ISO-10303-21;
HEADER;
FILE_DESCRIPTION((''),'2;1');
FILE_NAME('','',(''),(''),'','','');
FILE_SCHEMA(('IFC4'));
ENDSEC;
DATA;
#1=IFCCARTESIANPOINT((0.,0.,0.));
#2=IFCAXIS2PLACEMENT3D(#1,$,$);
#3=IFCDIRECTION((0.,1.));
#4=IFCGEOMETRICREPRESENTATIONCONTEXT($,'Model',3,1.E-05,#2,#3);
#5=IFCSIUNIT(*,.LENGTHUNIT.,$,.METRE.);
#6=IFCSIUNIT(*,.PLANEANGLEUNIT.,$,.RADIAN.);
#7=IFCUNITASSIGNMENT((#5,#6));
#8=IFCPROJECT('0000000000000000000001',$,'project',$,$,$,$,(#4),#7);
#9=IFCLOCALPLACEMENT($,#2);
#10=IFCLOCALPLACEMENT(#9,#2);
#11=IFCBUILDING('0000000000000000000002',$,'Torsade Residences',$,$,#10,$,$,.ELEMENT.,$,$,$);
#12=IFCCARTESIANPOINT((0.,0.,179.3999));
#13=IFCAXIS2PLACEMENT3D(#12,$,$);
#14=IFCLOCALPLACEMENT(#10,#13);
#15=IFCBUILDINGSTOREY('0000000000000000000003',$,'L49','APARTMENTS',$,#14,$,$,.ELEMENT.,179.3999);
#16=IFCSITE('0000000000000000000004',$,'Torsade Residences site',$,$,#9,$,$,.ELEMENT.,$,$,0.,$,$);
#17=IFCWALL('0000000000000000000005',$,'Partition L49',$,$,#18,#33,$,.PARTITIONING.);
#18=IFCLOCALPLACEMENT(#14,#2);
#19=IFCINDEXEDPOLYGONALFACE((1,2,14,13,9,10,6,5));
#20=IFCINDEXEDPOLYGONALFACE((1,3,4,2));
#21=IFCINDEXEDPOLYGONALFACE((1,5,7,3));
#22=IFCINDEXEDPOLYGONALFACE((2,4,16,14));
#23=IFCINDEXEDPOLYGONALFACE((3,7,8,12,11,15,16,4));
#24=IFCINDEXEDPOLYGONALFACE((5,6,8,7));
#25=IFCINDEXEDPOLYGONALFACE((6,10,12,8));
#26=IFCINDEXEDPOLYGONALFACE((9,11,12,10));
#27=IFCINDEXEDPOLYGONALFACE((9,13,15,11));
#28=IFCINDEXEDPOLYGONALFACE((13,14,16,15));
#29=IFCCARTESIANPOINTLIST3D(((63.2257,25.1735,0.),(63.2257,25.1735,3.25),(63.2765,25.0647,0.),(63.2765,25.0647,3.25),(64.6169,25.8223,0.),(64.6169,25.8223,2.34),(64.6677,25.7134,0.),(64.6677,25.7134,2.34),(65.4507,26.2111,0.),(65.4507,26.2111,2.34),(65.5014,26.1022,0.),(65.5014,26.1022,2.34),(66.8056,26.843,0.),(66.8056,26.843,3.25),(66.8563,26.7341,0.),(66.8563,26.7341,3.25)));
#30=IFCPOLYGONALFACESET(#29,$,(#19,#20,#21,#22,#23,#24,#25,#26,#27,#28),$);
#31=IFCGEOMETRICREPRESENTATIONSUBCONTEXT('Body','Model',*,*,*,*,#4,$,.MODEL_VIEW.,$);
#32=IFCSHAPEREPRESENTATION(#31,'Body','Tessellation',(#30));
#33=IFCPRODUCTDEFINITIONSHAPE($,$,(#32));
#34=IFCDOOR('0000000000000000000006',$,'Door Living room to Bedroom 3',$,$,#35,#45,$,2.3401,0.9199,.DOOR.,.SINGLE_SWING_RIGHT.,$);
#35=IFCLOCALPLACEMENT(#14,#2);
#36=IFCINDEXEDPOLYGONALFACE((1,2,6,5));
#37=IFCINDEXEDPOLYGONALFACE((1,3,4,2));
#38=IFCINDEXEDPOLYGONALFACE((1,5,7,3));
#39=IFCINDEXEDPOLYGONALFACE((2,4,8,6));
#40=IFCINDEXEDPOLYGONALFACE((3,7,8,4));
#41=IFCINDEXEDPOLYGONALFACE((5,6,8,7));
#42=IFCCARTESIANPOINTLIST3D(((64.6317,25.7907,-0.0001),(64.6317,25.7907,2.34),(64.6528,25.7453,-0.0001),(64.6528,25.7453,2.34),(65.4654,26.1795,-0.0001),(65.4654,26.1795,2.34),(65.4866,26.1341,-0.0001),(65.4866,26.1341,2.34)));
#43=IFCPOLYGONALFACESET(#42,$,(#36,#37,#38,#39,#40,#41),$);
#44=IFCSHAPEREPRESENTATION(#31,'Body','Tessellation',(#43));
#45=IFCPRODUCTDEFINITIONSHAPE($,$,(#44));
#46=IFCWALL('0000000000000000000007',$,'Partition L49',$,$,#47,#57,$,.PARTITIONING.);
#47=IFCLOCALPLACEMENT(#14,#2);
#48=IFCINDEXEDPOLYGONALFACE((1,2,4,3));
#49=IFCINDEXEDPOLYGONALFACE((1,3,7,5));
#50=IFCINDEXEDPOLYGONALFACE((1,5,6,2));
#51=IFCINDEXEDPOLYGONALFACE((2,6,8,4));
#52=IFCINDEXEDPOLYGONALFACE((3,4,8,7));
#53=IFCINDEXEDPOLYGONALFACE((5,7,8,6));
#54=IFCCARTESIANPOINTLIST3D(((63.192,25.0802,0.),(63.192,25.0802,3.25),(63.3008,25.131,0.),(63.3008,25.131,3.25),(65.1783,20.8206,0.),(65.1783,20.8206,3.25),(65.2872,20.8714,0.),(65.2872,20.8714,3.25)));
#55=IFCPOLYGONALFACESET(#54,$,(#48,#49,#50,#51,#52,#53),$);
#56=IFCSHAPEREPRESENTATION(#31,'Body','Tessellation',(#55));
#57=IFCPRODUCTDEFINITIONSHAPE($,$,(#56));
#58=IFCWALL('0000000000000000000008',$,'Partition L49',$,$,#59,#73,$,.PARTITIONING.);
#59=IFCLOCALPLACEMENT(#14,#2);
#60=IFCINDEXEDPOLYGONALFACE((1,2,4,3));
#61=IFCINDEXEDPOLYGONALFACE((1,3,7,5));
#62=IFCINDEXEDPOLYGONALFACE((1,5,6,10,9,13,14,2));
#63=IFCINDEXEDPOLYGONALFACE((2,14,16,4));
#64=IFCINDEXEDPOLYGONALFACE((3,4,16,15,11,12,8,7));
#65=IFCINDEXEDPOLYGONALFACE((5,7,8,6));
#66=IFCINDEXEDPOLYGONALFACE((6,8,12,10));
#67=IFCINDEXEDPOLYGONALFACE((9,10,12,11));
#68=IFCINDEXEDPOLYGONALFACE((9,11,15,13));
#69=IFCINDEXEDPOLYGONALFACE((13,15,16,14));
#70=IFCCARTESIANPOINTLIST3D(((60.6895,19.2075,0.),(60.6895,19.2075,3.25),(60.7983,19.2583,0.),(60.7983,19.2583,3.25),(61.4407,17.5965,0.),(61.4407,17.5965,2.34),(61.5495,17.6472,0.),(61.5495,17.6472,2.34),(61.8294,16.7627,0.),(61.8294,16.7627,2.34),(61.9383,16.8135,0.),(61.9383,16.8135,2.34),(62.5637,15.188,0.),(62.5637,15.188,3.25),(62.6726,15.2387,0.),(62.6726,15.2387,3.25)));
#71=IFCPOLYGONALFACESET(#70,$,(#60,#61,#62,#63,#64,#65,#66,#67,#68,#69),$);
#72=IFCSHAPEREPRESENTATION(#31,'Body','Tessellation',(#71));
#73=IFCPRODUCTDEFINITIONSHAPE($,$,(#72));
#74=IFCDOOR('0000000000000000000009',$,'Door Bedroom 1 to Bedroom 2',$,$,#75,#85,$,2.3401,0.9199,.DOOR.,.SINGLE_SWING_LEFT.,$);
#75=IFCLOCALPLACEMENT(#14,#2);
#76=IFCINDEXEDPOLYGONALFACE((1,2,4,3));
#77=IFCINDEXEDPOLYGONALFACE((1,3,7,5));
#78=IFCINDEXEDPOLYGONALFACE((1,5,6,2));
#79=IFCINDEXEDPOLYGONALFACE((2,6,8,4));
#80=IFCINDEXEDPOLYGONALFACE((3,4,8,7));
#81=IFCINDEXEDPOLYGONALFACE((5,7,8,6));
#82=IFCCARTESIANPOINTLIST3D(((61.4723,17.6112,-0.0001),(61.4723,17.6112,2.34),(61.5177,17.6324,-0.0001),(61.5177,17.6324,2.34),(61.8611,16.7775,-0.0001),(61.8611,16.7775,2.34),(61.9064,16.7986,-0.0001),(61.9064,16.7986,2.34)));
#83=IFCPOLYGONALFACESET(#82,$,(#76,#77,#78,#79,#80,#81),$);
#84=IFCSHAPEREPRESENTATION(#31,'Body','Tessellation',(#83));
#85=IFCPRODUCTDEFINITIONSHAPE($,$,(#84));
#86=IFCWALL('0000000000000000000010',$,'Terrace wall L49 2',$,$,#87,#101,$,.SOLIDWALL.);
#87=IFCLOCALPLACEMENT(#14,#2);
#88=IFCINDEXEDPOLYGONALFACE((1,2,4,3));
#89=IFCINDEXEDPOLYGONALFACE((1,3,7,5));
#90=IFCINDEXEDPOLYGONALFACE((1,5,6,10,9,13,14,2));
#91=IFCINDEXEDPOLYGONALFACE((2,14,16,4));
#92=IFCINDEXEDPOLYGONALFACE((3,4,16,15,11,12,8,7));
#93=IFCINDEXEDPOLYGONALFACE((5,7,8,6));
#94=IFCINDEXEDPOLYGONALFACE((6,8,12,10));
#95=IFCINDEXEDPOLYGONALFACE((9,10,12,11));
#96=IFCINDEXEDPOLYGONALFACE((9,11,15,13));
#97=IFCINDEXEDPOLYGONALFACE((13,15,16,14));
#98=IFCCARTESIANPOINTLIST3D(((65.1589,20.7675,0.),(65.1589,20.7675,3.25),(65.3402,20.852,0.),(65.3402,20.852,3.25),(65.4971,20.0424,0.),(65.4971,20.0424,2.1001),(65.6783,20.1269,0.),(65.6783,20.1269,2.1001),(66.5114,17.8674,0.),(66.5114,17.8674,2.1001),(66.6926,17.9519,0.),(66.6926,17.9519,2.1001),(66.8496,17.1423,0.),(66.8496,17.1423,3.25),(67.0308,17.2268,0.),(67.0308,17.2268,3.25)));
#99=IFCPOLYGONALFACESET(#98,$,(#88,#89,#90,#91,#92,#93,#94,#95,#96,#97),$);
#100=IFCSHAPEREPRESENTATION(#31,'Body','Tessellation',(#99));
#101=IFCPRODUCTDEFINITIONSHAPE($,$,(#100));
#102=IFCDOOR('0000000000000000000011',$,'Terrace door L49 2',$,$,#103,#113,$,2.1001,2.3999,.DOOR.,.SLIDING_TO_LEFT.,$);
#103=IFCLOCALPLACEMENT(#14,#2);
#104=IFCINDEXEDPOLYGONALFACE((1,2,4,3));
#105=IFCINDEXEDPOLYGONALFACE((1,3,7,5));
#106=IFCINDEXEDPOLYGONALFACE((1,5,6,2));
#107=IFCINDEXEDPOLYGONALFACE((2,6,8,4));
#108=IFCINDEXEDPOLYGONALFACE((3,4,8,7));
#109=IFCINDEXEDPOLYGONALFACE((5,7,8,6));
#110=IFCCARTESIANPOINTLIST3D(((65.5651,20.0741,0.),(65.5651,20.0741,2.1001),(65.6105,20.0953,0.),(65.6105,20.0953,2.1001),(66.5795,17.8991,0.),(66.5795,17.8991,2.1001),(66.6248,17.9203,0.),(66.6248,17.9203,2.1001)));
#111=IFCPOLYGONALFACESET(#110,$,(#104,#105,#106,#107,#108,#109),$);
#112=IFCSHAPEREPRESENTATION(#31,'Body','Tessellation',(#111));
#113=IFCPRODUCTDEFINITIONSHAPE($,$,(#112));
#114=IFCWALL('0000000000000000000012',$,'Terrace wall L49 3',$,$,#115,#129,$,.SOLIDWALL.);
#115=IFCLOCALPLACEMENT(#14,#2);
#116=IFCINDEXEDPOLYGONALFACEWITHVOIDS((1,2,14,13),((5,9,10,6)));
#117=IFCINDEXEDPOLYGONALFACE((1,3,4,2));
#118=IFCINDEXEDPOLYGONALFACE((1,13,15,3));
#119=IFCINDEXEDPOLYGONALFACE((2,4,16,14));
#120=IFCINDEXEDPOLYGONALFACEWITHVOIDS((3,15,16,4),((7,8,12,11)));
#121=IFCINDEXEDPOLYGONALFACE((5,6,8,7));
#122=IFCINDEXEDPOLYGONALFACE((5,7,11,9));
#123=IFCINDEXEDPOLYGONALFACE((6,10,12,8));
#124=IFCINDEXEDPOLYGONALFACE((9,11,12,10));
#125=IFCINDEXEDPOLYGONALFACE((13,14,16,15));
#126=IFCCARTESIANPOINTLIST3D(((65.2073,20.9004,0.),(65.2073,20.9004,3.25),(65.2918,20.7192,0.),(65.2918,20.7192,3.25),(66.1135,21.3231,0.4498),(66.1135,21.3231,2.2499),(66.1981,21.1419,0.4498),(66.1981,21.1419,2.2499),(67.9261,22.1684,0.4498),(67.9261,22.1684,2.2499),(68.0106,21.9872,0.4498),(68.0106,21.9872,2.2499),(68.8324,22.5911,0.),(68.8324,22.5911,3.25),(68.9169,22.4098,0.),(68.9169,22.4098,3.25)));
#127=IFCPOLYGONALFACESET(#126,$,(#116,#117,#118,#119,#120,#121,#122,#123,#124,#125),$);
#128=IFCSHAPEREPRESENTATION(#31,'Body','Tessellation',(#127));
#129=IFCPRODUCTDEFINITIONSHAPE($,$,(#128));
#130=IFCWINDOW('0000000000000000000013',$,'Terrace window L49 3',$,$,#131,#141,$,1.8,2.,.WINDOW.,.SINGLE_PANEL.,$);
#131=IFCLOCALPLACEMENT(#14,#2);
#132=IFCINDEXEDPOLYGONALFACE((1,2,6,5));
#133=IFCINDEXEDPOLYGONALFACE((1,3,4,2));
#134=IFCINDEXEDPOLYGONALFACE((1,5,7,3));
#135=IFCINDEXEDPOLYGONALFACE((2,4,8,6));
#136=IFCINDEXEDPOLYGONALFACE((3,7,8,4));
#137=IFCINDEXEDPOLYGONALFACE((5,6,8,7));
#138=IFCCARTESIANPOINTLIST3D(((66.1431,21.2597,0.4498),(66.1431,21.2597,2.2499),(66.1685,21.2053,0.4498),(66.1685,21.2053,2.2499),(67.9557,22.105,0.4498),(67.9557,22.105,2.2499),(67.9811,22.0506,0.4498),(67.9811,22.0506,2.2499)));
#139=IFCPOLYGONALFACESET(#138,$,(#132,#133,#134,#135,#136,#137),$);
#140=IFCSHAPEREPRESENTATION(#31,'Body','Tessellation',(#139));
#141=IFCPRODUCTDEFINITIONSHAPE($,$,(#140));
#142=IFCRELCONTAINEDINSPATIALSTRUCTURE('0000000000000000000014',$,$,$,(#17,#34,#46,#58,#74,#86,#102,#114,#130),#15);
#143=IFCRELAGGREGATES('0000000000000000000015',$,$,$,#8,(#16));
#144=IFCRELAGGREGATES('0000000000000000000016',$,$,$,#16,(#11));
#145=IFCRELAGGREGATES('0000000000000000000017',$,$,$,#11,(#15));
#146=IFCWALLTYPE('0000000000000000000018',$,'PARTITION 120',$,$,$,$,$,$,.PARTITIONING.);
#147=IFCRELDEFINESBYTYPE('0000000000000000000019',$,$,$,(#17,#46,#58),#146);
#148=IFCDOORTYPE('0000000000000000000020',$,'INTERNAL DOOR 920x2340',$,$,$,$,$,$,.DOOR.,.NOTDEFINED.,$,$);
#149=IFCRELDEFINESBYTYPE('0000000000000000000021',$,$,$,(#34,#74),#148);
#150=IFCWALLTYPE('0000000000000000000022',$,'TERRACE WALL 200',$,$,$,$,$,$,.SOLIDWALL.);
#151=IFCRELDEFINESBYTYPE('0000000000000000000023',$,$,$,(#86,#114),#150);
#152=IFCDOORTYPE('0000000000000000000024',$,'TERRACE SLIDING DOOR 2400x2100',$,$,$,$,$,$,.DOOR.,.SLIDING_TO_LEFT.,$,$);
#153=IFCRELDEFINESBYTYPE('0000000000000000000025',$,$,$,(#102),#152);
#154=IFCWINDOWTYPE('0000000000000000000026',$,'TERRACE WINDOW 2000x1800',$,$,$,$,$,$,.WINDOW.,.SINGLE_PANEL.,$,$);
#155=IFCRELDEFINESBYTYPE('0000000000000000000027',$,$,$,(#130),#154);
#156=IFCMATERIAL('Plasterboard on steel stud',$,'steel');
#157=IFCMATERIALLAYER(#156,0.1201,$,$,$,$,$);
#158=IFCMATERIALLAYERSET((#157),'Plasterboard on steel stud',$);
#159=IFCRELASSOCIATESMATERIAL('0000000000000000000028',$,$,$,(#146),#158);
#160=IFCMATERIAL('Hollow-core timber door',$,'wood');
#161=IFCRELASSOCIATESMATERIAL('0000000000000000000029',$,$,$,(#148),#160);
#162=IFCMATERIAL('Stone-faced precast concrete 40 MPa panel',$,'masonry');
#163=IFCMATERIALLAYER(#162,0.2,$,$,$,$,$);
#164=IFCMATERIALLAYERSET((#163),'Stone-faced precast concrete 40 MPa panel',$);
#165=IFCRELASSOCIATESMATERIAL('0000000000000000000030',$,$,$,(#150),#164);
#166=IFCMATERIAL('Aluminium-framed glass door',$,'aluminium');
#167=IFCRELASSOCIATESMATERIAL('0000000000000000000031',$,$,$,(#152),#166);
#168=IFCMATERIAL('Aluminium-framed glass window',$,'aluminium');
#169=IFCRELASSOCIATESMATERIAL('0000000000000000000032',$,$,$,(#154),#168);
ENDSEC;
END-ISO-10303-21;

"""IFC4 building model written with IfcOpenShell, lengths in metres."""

from ifc_helpers import new_model, si_unit, direction, frame, frame_2d, origin, place, context, subcontext, project, spatial, rectangle, extrude, material, layer, layer_set, type_object, element, fill, save


model = new_model("IFC4")

# Units and contexts
model_context = context("Model", 3, precision=1e-05, world=origin(), true_north=direction((0.0, 1.0)))
body_context = subcontext(model_context, "Body", "Model", "MODEL_VIEW")
ifc_project = project(units=[si_unit("LENGTHUNIT", "METRE"), si_unit("PLANEANGLEUNIT", "RADIAN")], contexts=[model_context])

# Site, building, storey
site_placement = place(None, origin())
site = spatial("IfcSite", under=ifc_project, at=site_placement, Name="Torsade Residences site", CompositionType="ELEMENT", RefElevation=0.0)
building_placement = place(site_placement, origin())
building = spatial("IfcBuilding", under=site, at=building_placement, Name="Torsade Residences", CompositionType="ELEMENT")
storey_placement = place(building_placement, frame((0.0, 0.0, 179.3999)))
storey = spatial("IfcBuildingStorey", under=building, at=storey_placement, Name="L49", Description="APARTMENTS", CompositionType="ELEMENT", Elevation=179.3999)

# Shared definitions
ifc_material_1 = material(Name="Plasterboard on steel stud", Category="steel")
ifc_layer_1 = layer(ifc_material_1, 0.1201)
ifc_layer_set_1 = layer_set([ifc_layer_1], Name="Plasterboard on steel stud")
wall_type_1 = type_object("IfcWallType", Name="PARTITION 120", PredefinedType="PARTITIONING", material=ifc_layer_set_1)

# Wall, opening, door
wall_1_placement = place(storey_placement, frame((66.8311, 26.7886, 0.0), z_axis=(0.0, 0.0, 1.0), x_axis=(-0.906295, -0.422645, 0.0)))
wall_1 = element("IfcWall", 1, at=wall_1_placement, inside=storey, type_object=wall_type_1, Name="Partition L49", PredefinedType="PARTITIONING", context=body_context, shape_type="SweptSolid", body=[
    extrude(rectangle(XDim=3.95, YDim=0.1201, at=frame_2d((1.9751, 0.0))), origin(), (0.0, 0.0, 1.0), 3.25),
])
opening_1_placement = place(wall_1_placement, frame((1.4951, 0.0, 0.0)))
opening_1 = element("IfcOpeningElement", 2, at=opening_1_placement, cuts=wall_1, PredefinedType="OPENING", context=body_context, shape_type="SweptSolid", body=[
    extrude(rectangle(XDim=0.9199, YDim=2.3401, at=frame_2d((0.46, 1.1699))), frame((0.0, 0.0701, 0.0), z_axis=(0.0, -1.0, 0.0), x_axis=(1.0, 0.0, 0.0)), (0.0, 0.0, 1.0), 0.1401),
])
ifc_material_2 = material(Name="Hollow-core timber door", Category="wood")
door_type_1 = type_object("IfcDoorType", Name="INTERNAL DOOR 920x2340", OperationType="NOTDEFINED", PredefinedType="DOOR", material=ifc_material_2)
door_1_placement = place(opening_1_placement, origin())
door_1 = element("IfcDoor", 3, at=door_1_placement, inside=storey, type_object=door_type_1, Name="Door Living room to Bedroom 3", OperationType="SINGLE_SWING_RIGHT", OverallHeight=2.3401, OverallWidth=0.9199, PredefinedType="DOOR", context=body_context, shape_type="SweptSolid", body=[
    extrude(rectangle(XDim=0.9199, YDim=2.3401, at=frame_2d((0.46, 1.1699))), frame((0.0, 0.0249, 0.0), z_axis=(0.0, -1.0, 0.0), x_axis=(1.0, 0.0, 0.0)), (0.0, 0.0, 1.0), 0.05),
])
fill(opening_1, door_1)

# Wall
wall_2_placement = place(storey_placement, frame((63.2463, 25.1057, 0.0), z_axis=(0.0, 0.0, 1.0), x_axis=(0.422632, -0.906301, 0.0)))
element("IfcWall", 4, at=wall_2_placement, inside=storey, type_object=wall_type_1, Name="Partition L49", PredefinedType="PARTITIONING", context=body_context, shape_type="SweptSolid", body=[
    extrude(rectangle(XDim=4.7, YDim=0.1201, at=frame_2d((2.3501, 0.0))), origin(), (0.0, 0.0, 1.0), 3.25),
])

# Walls, openings, doors
wall_3_placement = place(storey_placement, frame((60.7439, 19.2329, 0.0), z_axis=(0.0, 0.0, 1.0), x_axis=(0.422605, -0.906314, 0.0)))
wall_3 = element("IfcWall", 5, at=wall_3_placement, inside=storey, type_object=wall_type_1, Name="Partition L49", PredefinedType="PARTITIONING", context=body_context, shape_type="SweptSolid", body=[
    extrude(rectangle(XDim=4.4351, YDim=0.1201, at=frame_2d((2.2175, 0.0))), origin(), (0.0, 0.0, 1.0), 3.25),
])
opening_2_placement = place(wall_3_placement, frame((1.7776, 0.0, 0.0)))
opening_2 = element("IfcOpeningElement", 6, at=opening_2_placement, cuts=wall_3, PredefinedType="OPENING", context=body_context, shape_type="SweptSolid", body=[
    extrude(rectangle(XDim=0.9199, YDim=2.3401, at=frame_2d((0.46, 1.1699))), frame((0.0, 0.0701, 0.0), z_axis=(0.0, -1.0, 0.0), x_axis=(1.0, 0.0, 0.0)), (0.0, 0.0, 1.0), 0.1401),
])
door_2_placement = place(opening_2_placement, origin())
door_2 = element("IfcDoor", 7, at=door_2_placement, inside=storey, type_object=door_type_1, Name="Door Bedroom 1 to Bedroom 2", OperationType="SINGLE_SWING_LEFT", OverallHeight=2.3401, OverallWidth=0.9199, PredefinedType="DOOR", context=body_context, shape_type="SweptSolid", body=[
    extrude(rectangle(XDim=0.9199, YDim=2.3401, at=frame_2d((0.46, 1.1699))), frame((0.0, 0.0249, 0.0), z_axis=(0.0, -1.0, 0.0), x_axis=(1.0, 0.0, 0.0)), (0.0, 0.0, 1.0), 0.05),
])
fill(opening_2, door_2)
ifc_material_3 = material(Name="Stone-faced precast concrete 40 MPa panel", Category="masonry")
ifc_layer_2 = layer(ifc_material_3, 0.2)
ifc_layer_set_2 = layer_set([ifc_layer_2], Name="Stone-faced precast concrete 40 MPa panel")
wall_type_2 = type_object("IfcWallType", Name="TERRACE WALL 200", PredefinedType="SOLIDWALL", material=ifc_layer_set_2)
wall_4_placement = place(storey_placement, frame((66.9402, 17.1846, 0.0), z_axis=(0.0, 0.0, 1.0), x_axis=(-0.422658, 0.906289, 0.0)))
wall_4 = element("IfcWall", 8, at=wall_4_placement, inside=storey, type_object=wall_type_2, Name="Terrace wall L49 2", PredefinedType="SOLIDWALL", context=body_context, shape_type="SweptSolid", body=[
    extrude(rectangle(XDim=4.0, YDim=0.2, at=frame_2d((2.0, 0.0))), origin(), (0.0, 0.0, 1.0), 3.25),
])
opening_3_placement = place(wall_4_placement, frame((0.8, 0.0, 0.0)))
opening_3 = element("IfcOpeningElement", 9, at=opening_3_placement, cuts=wall_4, PredefinedType="OPENING", context=body_context, shape_type="SweptSolid", body=[
    extrude(rectangle(XDim=2.3999, YDim=2.1001, at=frame_2d((1.2, 1.05))), frame((0.0, 0.1099, 0.0), z_axis=(0.0, -1.0, 0.0), x_axis=(1.0, 0.0, 0.0)), (0.0, 0.0, 1.0), 0.22),
])
ifc_material_4 = material(Name="Aluminium-framed glass door", Category="aluminium")
door_type_2 = type_object("IfcDoorType", Name="TERRACE SLIDING DOOR 2400x2100", OperationType="SLIDING_TO_LEFT", PredefinedType="DOOR", material=ifc_material_4)
door_3_placement = place(opening_3_placement, origin())
door_3 = element("IfcDoor", 10, at=door_3_placement, inside=storey, type_object=door_type_2, Name="Terrace door L49 2", OperationType="SLIDING_TO_LEFT", OverallHeight=2.1001, OverallWidth=2.3999, PredefinedType="DOOR", context=body_context, shape_type="SweptSolid", body=[
    extrude(rectangle(XDim=2.3999, YDim=2.1001, at=frame_2d((1.2, 1.05))), frame((0.0, 0.0249, 0.0), z_axis=(0.0, -1.0, 0.0), x_axis=(1.0, 0.0, 0.0)), (0.0, 0.0, 1.0), 0.05),
])
fill(opening_3, door_3)

# Wall, opening, window
wall_5_placement = place(storey_placement, frame((65.2495, 20.8098, 0.0), z_axis=(0.0, 0.0, 1.0), x_axis=(0.906289, 0.422658, 0.0)))
wall_5 = element("IfcWall", 11, at=wall_5_placement, inside=storey, type_object=wall_type_2, Name="Terrace wall L49 3", PredefinedType="SOLIDWALL", context=body_context, shape_type="SweptSolid", body=[
    extrude(rectangle(XDim=4.0, YDim=0.2, at=frame_2d((2.0, 0.0))), origin(), (0.0, 0.0, 1.0), 3.25),
])
opening_4_placement = place(wall_5_placement, frame((1.0, 0.0, 0.45)))
opening_4 = element("IfcOpeningElement", 12, at=opening_4_placement, cuts=wall_5, PredefinedType="OPENING", context=body_context, shape_type="SweptSolid", body=[
    extrude(rectangle(XDim=2.0, YDim=1.8, at=frame_2d((1.0, 0.8999))), frame((0.0, 0.1099, 0.0), z_axis=(0.0, -1.0, 0.0), x_axis=(1.0, 0.0, 0.0)), (0.0, 0.0, 1.0), 0.22),
])
ifc_material_5 = material(Name="Aluminium-framed glass window", Category="aluminium")
window_type = type_object("IfcWindowType", Name="TERRACE WINDOW 2000x1800", PartitioningType="SINGLE_PANEL", PredefinedType="WINDOW", material=ifc_material_5)
window_placement = place(opening_4_placement, origin())
window = element("IfcWindow", 13, at=window_placement, inside=storey, type_object=window_type, Name="Terrace window L49 3", OverallHeight=1.8, OverallWidth=2.0, PartitioningType="SINGLE_PANEL", PredefinedType="WINDOW", context=body_context, shape_type="SweptSolid", body=[
    extrude(rectangle(XDim=2.0, YDim=1.8, at=frame_2d((1.0, 0.8999))), frame((0.0, 0.03, 0.0), z_axis=(0.0, -1.0, 0.0), x_axis=(1.0, 0.0, 0.0)), (0.0, 0.0, 1.0), 0.0601),
])
fill(opening_4, window)

save(model, "model.ifc")
